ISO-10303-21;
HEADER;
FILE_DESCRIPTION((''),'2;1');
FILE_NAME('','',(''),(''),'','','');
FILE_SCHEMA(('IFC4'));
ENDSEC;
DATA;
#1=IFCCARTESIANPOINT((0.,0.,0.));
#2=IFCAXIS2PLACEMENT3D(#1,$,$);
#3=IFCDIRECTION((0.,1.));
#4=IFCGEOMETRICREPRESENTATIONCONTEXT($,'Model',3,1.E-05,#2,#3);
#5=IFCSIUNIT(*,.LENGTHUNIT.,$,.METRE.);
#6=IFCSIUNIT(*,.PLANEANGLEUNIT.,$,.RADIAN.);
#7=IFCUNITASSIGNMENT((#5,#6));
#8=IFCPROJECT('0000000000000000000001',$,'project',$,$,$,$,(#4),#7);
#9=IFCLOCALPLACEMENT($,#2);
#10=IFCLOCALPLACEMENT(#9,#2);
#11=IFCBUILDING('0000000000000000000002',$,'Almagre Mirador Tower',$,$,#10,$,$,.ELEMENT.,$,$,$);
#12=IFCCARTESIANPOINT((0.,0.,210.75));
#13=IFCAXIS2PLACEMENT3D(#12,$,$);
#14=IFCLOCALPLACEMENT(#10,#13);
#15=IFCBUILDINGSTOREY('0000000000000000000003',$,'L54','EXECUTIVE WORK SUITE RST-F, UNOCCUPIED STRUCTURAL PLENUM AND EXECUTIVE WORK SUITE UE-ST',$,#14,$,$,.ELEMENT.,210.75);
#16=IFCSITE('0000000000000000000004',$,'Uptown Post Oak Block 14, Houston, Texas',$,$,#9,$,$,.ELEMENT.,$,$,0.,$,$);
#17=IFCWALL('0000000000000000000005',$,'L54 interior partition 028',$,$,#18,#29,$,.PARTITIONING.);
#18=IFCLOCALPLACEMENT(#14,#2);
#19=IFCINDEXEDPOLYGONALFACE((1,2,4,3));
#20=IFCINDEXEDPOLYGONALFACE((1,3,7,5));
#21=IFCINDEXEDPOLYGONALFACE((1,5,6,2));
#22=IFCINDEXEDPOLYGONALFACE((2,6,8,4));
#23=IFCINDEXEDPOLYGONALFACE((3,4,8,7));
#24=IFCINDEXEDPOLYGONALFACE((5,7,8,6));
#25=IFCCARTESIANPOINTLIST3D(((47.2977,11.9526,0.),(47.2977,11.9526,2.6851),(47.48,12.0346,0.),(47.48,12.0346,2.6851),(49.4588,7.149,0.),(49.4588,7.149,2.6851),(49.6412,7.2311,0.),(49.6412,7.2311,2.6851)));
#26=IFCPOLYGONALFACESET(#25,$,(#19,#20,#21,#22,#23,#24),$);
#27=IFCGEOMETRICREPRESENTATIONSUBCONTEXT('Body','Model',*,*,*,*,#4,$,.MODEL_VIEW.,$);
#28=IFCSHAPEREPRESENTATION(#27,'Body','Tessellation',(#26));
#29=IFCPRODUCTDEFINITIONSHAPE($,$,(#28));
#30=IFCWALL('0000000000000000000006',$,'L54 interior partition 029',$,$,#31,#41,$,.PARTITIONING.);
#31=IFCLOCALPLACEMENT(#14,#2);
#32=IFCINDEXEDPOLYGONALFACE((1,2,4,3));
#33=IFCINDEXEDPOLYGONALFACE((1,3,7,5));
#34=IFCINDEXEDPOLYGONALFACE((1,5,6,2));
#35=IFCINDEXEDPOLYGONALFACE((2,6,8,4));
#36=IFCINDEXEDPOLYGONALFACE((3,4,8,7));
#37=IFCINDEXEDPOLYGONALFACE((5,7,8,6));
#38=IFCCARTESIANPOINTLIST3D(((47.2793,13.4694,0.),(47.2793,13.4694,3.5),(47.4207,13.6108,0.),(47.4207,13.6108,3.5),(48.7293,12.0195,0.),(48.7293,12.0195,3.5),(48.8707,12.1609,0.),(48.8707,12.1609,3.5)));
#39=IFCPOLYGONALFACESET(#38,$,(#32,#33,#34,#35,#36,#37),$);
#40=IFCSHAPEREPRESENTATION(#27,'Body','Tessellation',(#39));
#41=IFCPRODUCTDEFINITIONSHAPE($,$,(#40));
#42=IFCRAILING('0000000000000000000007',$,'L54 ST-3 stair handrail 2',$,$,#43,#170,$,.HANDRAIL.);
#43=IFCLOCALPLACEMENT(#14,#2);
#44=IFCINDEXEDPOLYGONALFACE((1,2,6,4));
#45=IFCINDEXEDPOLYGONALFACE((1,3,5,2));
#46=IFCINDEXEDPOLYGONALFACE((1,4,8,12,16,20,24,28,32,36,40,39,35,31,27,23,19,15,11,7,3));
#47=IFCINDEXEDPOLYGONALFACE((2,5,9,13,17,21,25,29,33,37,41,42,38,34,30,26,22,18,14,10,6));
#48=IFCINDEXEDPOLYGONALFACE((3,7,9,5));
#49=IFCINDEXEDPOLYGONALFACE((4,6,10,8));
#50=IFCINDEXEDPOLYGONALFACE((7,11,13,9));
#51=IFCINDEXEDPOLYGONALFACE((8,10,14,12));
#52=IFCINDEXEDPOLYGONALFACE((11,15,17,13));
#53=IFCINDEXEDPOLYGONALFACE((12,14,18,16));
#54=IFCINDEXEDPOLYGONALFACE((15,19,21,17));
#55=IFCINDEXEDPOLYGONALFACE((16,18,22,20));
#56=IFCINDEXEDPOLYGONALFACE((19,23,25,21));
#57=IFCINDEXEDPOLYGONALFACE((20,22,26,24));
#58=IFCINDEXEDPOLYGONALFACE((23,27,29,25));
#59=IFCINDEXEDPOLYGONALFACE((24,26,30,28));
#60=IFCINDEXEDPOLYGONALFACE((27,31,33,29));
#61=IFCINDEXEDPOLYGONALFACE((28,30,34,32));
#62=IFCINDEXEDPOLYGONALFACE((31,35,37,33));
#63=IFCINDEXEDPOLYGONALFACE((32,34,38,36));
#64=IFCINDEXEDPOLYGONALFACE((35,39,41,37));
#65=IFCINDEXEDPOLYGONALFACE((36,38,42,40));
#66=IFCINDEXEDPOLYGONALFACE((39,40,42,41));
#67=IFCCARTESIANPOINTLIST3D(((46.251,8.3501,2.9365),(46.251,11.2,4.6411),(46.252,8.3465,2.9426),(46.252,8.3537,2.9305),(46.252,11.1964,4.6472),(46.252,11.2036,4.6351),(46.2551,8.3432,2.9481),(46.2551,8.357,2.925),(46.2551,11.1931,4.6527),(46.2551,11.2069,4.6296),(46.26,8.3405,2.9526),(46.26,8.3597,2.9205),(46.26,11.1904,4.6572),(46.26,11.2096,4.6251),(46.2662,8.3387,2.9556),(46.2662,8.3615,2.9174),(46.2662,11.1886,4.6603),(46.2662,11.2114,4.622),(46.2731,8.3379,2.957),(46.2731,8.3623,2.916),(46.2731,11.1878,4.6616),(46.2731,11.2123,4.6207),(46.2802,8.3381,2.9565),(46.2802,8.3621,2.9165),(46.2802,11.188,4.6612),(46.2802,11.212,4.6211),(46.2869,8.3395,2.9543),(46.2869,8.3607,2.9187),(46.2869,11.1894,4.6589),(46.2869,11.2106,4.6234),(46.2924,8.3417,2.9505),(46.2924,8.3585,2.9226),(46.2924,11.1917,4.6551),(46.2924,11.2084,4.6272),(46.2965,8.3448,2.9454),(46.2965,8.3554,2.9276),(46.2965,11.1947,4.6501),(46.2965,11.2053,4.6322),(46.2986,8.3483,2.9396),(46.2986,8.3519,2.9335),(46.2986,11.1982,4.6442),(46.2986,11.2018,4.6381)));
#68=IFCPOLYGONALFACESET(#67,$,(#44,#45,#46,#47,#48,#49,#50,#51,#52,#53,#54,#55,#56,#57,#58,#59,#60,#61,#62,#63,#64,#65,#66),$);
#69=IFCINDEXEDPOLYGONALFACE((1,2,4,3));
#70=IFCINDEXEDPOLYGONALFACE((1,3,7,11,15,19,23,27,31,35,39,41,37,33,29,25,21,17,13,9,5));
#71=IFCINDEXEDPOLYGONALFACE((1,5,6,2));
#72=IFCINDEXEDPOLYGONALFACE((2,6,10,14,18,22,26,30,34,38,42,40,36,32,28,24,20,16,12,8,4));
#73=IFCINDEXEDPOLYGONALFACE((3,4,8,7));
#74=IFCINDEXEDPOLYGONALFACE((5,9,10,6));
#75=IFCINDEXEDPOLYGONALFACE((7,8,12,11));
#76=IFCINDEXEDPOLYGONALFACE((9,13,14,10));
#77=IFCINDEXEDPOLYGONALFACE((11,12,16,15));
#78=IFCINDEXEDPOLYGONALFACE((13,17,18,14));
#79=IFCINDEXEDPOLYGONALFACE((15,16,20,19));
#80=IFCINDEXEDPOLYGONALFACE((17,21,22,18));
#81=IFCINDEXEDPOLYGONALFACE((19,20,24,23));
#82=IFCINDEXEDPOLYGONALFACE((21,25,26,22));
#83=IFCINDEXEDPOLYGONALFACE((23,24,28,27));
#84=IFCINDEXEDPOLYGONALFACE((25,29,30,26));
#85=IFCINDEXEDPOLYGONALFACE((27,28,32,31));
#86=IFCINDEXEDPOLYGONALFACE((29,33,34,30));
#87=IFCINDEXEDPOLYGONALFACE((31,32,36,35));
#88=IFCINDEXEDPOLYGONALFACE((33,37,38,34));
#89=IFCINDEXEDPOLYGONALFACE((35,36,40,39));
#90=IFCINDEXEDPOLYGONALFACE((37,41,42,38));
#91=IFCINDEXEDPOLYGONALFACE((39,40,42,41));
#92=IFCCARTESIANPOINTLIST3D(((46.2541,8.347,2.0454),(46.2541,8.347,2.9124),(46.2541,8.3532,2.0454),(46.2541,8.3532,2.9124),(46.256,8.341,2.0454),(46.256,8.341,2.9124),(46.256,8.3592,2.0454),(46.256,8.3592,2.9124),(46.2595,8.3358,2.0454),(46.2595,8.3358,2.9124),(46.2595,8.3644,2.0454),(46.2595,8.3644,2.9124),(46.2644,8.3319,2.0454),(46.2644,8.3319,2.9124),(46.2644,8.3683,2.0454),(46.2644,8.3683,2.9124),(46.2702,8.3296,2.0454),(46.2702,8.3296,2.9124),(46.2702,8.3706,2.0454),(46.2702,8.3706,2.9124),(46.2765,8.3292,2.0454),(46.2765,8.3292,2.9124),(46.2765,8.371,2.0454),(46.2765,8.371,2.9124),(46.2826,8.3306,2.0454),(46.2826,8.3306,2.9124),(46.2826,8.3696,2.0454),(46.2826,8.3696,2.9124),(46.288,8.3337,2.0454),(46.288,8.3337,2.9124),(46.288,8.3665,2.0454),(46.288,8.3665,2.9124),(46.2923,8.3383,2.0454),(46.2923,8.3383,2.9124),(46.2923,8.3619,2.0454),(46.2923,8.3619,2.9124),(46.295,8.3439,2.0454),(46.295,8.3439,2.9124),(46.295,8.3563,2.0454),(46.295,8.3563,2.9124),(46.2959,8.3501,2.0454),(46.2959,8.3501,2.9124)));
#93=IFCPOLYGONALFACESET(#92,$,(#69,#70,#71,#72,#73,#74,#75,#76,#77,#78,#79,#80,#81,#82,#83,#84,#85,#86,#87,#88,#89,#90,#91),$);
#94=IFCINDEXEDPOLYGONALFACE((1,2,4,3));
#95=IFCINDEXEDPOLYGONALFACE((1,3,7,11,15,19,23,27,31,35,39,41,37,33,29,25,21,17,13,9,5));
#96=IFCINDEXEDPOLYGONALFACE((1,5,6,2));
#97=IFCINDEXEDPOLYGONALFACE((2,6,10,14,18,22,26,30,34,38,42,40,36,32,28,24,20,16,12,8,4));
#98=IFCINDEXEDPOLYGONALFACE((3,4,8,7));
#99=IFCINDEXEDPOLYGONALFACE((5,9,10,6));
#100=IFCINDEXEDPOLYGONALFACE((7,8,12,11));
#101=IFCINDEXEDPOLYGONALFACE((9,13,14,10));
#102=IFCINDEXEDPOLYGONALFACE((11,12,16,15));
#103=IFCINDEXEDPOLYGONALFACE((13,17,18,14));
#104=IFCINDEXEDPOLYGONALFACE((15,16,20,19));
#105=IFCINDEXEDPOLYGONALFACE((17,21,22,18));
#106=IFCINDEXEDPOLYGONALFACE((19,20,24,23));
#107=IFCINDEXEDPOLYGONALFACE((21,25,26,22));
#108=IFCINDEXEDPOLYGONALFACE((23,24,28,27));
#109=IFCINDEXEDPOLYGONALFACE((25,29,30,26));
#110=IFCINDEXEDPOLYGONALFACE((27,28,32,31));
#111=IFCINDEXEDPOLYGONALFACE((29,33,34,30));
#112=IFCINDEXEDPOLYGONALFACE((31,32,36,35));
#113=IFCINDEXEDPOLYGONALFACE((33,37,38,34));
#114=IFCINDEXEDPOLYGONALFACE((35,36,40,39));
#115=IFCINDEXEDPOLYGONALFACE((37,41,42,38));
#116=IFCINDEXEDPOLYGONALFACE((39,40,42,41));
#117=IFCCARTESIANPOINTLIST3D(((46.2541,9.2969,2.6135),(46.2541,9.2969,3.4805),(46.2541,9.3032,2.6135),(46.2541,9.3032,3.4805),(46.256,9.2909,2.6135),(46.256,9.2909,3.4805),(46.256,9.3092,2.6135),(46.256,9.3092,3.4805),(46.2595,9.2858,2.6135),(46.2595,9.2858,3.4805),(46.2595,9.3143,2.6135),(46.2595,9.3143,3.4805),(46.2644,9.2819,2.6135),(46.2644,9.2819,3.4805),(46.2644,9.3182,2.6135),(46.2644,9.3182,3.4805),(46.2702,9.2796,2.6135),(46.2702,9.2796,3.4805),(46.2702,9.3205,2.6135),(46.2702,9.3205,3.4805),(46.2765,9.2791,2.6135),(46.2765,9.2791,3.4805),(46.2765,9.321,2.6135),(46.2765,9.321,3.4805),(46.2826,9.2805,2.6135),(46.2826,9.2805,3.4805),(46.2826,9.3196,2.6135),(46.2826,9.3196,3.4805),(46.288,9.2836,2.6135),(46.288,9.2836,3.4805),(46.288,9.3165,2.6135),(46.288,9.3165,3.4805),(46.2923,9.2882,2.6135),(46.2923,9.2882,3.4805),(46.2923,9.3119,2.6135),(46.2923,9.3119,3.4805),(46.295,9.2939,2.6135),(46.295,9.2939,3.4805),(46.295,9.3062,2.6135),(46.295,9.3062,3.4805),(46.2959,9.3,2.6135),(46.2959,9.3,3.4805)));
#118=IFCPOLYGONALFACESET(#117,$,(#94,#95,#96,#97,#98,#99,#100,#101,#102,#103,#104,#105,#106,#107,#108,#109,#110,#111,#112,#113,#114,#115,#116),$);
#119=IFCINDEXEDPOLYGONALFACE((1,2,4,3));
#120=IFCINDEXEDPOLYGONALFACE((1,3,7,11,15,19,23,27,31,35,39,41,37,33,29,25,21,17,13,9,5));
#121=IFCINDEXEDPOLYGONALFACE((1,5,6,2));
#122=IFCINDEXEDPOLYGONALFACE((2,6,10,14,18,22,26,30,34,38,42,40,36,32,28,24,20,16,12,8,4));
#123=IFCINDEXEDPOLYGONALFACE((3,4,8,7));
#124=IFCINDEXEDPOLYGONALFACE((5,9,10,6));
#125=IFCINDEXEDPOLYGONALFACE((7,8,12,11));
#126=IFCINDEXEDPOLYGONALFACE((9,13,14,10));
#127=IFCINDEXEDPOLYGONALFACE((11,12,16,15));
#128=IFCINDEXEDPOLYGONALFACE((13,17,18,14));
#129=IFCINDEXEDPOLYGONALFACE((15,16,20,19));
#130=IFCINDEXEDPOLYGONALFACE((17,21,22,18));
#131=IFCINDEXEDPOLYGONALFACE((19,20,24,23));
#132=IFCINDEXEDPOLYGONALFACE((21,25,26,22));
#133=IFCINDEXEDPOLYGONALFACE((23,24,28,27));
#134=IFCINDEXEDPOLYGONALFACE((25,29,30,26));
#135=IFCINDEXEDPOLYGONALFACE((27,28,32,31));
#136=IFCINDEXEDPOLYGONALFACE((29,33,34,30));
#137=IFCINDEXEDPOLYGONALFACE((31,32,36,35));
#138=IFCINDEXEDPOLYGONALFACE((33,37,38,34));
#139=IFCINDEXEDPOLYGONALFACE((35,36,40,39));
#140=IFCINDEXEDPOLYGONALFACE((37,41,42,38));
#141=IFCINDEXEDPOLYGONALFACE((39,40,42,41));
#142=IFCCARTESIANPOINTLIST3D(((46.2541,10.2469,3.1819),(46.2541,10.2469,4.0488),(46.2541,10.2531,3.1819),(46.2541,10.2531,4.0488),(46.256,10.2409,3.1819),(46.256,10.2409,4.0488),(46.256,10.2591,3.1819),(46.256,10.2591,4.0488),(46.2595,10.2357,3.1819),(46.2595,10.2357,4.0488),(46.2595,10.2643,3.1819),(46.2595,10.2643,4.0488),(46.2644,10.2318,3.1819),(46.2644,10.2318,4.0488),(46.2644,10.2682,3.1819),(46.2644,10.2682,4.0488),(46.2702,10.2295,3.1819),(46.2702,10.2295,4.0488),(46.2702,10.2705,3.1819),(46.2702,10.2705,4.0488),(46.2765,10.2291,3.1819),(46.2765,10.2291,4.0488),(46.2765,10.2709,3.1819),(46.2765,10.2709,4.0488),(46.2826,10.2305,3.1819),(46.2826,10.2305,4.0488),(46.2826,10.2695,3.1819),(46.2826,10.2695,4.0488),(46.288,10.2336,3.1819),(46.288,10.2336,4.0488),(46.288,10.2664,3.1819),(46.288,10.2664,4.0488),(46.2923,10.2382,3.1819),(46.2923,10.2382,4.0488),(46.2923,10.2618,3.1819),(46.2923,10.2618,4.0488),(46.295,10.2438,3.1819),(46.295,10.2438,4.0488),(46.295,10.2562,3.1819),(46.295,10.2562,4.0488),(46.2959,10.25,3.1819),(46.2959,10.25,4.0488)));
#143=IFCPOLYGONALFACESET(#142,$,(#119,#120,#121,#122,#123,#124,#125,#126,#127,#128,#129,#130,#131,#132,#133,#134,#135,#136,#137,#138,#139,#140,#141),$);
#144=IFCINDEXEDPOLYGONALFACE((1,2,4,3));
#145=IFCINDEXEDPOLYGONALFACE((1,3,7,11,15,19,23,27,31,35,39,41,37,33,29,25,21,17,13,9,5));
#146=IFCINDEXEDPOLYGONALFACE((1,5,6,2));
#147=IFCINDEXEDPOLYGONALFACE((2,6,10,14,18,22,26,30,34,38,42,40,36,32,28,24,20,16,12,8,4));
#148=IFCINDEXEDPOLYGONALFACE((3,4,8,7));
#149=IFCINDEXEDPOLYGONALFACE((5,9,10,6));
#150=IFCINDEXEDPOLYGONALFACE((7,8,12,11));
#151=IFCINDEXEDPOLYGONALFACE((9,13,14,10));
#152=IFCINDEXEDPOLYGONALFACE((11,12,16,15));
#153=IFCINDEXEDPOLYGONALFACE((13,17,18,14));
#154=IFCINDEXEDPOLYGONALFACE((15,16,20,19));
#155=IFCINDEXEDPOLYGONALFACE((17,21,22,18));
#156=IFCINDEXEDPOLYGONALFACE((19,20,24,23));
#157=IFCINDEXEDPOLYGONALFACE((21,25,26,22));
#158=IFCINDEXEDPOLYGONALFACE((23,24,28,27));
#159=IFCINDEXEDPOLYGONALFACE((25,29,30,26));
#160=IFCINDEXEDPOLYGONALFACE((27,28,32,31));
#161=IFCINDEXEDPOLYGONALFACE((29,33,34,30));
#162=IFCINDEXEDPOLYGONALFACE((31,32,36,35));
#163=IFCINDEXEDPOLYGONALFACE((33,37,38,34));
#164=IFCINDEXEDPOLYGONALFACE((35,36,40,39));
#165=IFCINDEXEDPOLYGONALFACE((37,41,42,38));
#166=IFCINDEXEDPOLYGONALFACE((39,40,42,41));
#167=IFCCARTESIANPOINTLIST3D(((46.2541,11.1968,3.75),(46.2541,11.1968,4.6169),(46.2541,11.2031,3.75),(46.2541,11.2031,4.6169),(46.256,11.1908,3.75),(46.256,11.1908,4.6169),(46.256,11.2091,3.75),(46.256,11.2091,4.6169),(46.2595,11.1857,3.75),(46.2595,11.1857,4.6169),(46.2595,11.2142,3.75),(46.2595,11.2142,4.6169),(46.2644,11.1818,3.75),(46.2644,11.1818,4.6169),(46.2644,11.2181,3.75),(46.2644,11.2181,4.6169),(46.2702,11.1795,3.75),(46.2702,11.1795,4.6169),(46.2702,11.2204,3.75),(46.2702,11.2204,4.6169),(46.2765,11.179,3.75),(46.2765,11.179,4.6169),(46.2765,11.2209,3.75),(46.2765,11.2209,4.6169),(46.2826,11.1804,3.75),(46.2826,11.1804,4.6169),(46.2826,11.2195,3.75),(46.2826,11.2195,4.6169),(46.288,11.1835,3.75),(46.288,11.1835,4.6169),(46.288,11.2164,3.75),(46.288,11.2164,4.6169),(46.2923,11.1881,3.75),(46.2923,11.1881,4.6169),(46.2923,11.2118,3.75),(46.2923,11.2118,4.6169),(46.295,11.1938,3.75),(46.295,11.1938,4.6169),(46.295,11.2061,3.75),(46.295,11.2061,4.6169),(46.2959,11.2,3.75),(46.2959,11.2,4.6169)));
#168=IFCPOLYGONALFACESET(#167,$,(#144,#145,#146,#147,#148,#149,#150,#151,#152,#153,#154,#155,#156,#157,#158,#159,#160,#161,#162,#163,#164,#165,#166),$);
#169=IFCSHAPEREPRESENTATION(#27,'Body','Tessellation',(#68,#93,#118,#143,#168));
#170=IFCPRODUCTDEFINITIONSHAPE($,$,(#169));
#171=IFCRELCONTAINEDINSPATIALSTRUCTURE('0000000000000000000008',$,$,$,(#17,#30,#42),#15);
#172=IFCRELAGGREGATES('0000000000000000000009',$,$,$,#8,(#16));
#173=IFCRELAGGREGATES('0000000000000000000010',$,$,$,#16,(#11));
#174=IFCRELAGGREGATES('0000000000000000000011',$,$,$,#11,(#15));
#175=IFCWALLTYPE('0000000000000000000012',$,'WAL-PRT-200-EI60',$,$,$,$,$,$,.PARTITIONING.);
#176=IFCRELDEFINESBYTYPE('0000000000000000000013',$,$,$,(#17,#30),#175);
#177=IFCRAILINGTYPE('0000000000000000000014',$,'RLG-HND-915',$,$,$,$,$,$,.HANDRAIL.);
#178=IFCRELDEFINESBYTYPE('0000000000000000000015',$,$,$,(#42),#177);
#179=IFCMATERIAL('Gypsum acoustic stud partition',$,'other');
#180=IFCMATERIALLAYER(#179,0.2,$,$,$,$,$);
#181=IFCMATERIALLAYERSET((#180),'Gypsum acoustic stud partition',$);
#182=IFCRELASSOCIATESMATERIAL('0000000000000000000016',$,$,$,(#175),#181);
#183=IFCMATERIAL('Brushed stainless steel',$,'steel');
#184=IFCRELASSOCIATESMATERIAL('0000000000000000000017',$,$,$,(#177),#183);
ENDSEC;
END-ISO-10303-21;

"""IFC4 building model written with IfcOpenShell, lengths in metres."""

from ifc_helpers import new_model, si_unit, direction, frame, frame_2d, origin, origin_2d, place, context, subcontext, project, spatial, rectangle, circle, extrude, material, layer, layer_set, type_object, element, save


model = new_model("IFC4")

# Units and contexts
model_context = context("Model", 3, precision=1e-05, world=origin(), true_north=direction((0.0, 1.0)))
body_context = subcontext(model_context, "Body", "Model", "MODEL_VIEW")
ifc_project = project(units=[si_unit("LENGTHUNIT", "METRE"), si_unit("PLANEANGLEUNIT", "RADIAN")], contexts=[model_context])

# Site, building, storey
site_placement = place(None, origin())
site = spatial("IfcSite", under=ifc_project, at=site_placement, Name="Uptown Post Oak Block 14, Houston, Texas", CompositionType="ELEMENT", RefElevation=0.0)
building_placement = place(site_placement, origin())
building = spatial("IfcBuilding", under=site, at=building_placement, Name="Almagre Mirador Tower", CompositionType="ELEMENT")
storey_placement = place(building_placement, frame((0.0, 0.0, 210.75)))
storey = spatial("IfcBuildingStorey", under=building, at=storey_placement, Name="L54", Description="EXECUTIVE WORK SUITE RST-F, UNOCCUPIED STRUCTURAL PLENUM AND EXECUTIVE WORK SUITE UE-ST", CompositionType="ELEMENT", Elevation=210.75)

# Walls
ifc_material_1 = material(Name="Gypsum acoustic stud partition", Category="other")
ifc_layer_1 = layer(ifc_material_1, 0.2)
ifc_layer_set_1 = layer_set([ifc_layer_1], Name="Gypsum acoustic stud partition")
wall_type_1 = type_object("IfcWallType", Name="WAL-PRT-200-EI60", PredefinedType="PARTITIONING", material=ifc_layer_set_1)
wall_1_placement = place(storey_placement, frame((49.55, 7.1899, 0.0), z_axis=(0.0, 0.0, 1.0), x_axis=(-0.410297, 0.911952, 0.0)))
element("IfcWall", 1, at=wall_1_placement, inside=storey, type_object=wall_type_1, Name="L54 interior partition 028", PredefinedType="PARTITIONING", context=body_context, shape_type="SweptSolid", body=[
    extrude(rectangle(XDim=5.2673, YDim=0.2, at=frame_2d((2.6338, 0.0))), origin(), (0.0, 0.0, 1.0), 2.6851),
])
wall_2_placement = place(storey_placement, frame((48.8, 12.0901, 0.0), z_axis=(0.0, 0.0, 1.0), x_axis=(-0.707107, 0.707107, 0.0)))
element("IfcWall", 2, at=wall_2_placement, inside=storey, type_object=wall_type_1, Name="L54 interior partition 029", PredefinedType="PARTITIONING", context=body_context, shape_type="SweptSolid", body=[
    extrude(rectangle(XDim=2.0505, YDim=0.2, at=frame_2d((1.0254, 0.0))), origin(), (0.0, 0.0, 1.0), 3.5),
])

# Railing
ifc_material_2 = material(Name="Brushed stainless steel", Category="steel")
railing_type = type_object("IfcRailingType", Name="RLG-HND-915", PredefinedType="HANDRAIL", material=ifc_material_2)
railing_placement = place(storey_placement, frame((46.2749, 8.3501, 2.0454)))
element("IfcRailing", 3, at=railing_placement, inside=storey, type_object=railing_type, Name="L54 ST-3 stair handrail 2", PredefinedType="HANDRAIL", context=body_context, shape_type="SweptSolid", body=[
    extrude(circle(Radius=0.0239, at=origin_2d()), frame((0.0, 0.0, 0.8911), z_axis=(0.0, 0.858199, 0.513317), x_axis=(-1.0, 0.0, 0.0)), (0.0, 0.0, 1.0), 3.3208),
    extrude(circle(Radius=0.021, at=origin_2d()), origin(), (0.0, 0.0, 1.0), 0.8669),
    extrude(circle(Radius=0.021, at=origin_2d()), frame((0.0, 0.95, 0.5681)), (0.0, 0.0, 1.0), 0.8669),
    extrude(circle(Radius=0.021, at=origin_2d()), frame((0.0, 1.8999, 1.1365)), (0.0, 0.0, 1.0), 0.8669),
    extrude(circle(Radius=0.021, at=origin_2d()), frame((0.0, 2.8499, 1.7046)), (0.0, 0.0, 1.0), 0.8669),
])

save(model, "model.ifc")
